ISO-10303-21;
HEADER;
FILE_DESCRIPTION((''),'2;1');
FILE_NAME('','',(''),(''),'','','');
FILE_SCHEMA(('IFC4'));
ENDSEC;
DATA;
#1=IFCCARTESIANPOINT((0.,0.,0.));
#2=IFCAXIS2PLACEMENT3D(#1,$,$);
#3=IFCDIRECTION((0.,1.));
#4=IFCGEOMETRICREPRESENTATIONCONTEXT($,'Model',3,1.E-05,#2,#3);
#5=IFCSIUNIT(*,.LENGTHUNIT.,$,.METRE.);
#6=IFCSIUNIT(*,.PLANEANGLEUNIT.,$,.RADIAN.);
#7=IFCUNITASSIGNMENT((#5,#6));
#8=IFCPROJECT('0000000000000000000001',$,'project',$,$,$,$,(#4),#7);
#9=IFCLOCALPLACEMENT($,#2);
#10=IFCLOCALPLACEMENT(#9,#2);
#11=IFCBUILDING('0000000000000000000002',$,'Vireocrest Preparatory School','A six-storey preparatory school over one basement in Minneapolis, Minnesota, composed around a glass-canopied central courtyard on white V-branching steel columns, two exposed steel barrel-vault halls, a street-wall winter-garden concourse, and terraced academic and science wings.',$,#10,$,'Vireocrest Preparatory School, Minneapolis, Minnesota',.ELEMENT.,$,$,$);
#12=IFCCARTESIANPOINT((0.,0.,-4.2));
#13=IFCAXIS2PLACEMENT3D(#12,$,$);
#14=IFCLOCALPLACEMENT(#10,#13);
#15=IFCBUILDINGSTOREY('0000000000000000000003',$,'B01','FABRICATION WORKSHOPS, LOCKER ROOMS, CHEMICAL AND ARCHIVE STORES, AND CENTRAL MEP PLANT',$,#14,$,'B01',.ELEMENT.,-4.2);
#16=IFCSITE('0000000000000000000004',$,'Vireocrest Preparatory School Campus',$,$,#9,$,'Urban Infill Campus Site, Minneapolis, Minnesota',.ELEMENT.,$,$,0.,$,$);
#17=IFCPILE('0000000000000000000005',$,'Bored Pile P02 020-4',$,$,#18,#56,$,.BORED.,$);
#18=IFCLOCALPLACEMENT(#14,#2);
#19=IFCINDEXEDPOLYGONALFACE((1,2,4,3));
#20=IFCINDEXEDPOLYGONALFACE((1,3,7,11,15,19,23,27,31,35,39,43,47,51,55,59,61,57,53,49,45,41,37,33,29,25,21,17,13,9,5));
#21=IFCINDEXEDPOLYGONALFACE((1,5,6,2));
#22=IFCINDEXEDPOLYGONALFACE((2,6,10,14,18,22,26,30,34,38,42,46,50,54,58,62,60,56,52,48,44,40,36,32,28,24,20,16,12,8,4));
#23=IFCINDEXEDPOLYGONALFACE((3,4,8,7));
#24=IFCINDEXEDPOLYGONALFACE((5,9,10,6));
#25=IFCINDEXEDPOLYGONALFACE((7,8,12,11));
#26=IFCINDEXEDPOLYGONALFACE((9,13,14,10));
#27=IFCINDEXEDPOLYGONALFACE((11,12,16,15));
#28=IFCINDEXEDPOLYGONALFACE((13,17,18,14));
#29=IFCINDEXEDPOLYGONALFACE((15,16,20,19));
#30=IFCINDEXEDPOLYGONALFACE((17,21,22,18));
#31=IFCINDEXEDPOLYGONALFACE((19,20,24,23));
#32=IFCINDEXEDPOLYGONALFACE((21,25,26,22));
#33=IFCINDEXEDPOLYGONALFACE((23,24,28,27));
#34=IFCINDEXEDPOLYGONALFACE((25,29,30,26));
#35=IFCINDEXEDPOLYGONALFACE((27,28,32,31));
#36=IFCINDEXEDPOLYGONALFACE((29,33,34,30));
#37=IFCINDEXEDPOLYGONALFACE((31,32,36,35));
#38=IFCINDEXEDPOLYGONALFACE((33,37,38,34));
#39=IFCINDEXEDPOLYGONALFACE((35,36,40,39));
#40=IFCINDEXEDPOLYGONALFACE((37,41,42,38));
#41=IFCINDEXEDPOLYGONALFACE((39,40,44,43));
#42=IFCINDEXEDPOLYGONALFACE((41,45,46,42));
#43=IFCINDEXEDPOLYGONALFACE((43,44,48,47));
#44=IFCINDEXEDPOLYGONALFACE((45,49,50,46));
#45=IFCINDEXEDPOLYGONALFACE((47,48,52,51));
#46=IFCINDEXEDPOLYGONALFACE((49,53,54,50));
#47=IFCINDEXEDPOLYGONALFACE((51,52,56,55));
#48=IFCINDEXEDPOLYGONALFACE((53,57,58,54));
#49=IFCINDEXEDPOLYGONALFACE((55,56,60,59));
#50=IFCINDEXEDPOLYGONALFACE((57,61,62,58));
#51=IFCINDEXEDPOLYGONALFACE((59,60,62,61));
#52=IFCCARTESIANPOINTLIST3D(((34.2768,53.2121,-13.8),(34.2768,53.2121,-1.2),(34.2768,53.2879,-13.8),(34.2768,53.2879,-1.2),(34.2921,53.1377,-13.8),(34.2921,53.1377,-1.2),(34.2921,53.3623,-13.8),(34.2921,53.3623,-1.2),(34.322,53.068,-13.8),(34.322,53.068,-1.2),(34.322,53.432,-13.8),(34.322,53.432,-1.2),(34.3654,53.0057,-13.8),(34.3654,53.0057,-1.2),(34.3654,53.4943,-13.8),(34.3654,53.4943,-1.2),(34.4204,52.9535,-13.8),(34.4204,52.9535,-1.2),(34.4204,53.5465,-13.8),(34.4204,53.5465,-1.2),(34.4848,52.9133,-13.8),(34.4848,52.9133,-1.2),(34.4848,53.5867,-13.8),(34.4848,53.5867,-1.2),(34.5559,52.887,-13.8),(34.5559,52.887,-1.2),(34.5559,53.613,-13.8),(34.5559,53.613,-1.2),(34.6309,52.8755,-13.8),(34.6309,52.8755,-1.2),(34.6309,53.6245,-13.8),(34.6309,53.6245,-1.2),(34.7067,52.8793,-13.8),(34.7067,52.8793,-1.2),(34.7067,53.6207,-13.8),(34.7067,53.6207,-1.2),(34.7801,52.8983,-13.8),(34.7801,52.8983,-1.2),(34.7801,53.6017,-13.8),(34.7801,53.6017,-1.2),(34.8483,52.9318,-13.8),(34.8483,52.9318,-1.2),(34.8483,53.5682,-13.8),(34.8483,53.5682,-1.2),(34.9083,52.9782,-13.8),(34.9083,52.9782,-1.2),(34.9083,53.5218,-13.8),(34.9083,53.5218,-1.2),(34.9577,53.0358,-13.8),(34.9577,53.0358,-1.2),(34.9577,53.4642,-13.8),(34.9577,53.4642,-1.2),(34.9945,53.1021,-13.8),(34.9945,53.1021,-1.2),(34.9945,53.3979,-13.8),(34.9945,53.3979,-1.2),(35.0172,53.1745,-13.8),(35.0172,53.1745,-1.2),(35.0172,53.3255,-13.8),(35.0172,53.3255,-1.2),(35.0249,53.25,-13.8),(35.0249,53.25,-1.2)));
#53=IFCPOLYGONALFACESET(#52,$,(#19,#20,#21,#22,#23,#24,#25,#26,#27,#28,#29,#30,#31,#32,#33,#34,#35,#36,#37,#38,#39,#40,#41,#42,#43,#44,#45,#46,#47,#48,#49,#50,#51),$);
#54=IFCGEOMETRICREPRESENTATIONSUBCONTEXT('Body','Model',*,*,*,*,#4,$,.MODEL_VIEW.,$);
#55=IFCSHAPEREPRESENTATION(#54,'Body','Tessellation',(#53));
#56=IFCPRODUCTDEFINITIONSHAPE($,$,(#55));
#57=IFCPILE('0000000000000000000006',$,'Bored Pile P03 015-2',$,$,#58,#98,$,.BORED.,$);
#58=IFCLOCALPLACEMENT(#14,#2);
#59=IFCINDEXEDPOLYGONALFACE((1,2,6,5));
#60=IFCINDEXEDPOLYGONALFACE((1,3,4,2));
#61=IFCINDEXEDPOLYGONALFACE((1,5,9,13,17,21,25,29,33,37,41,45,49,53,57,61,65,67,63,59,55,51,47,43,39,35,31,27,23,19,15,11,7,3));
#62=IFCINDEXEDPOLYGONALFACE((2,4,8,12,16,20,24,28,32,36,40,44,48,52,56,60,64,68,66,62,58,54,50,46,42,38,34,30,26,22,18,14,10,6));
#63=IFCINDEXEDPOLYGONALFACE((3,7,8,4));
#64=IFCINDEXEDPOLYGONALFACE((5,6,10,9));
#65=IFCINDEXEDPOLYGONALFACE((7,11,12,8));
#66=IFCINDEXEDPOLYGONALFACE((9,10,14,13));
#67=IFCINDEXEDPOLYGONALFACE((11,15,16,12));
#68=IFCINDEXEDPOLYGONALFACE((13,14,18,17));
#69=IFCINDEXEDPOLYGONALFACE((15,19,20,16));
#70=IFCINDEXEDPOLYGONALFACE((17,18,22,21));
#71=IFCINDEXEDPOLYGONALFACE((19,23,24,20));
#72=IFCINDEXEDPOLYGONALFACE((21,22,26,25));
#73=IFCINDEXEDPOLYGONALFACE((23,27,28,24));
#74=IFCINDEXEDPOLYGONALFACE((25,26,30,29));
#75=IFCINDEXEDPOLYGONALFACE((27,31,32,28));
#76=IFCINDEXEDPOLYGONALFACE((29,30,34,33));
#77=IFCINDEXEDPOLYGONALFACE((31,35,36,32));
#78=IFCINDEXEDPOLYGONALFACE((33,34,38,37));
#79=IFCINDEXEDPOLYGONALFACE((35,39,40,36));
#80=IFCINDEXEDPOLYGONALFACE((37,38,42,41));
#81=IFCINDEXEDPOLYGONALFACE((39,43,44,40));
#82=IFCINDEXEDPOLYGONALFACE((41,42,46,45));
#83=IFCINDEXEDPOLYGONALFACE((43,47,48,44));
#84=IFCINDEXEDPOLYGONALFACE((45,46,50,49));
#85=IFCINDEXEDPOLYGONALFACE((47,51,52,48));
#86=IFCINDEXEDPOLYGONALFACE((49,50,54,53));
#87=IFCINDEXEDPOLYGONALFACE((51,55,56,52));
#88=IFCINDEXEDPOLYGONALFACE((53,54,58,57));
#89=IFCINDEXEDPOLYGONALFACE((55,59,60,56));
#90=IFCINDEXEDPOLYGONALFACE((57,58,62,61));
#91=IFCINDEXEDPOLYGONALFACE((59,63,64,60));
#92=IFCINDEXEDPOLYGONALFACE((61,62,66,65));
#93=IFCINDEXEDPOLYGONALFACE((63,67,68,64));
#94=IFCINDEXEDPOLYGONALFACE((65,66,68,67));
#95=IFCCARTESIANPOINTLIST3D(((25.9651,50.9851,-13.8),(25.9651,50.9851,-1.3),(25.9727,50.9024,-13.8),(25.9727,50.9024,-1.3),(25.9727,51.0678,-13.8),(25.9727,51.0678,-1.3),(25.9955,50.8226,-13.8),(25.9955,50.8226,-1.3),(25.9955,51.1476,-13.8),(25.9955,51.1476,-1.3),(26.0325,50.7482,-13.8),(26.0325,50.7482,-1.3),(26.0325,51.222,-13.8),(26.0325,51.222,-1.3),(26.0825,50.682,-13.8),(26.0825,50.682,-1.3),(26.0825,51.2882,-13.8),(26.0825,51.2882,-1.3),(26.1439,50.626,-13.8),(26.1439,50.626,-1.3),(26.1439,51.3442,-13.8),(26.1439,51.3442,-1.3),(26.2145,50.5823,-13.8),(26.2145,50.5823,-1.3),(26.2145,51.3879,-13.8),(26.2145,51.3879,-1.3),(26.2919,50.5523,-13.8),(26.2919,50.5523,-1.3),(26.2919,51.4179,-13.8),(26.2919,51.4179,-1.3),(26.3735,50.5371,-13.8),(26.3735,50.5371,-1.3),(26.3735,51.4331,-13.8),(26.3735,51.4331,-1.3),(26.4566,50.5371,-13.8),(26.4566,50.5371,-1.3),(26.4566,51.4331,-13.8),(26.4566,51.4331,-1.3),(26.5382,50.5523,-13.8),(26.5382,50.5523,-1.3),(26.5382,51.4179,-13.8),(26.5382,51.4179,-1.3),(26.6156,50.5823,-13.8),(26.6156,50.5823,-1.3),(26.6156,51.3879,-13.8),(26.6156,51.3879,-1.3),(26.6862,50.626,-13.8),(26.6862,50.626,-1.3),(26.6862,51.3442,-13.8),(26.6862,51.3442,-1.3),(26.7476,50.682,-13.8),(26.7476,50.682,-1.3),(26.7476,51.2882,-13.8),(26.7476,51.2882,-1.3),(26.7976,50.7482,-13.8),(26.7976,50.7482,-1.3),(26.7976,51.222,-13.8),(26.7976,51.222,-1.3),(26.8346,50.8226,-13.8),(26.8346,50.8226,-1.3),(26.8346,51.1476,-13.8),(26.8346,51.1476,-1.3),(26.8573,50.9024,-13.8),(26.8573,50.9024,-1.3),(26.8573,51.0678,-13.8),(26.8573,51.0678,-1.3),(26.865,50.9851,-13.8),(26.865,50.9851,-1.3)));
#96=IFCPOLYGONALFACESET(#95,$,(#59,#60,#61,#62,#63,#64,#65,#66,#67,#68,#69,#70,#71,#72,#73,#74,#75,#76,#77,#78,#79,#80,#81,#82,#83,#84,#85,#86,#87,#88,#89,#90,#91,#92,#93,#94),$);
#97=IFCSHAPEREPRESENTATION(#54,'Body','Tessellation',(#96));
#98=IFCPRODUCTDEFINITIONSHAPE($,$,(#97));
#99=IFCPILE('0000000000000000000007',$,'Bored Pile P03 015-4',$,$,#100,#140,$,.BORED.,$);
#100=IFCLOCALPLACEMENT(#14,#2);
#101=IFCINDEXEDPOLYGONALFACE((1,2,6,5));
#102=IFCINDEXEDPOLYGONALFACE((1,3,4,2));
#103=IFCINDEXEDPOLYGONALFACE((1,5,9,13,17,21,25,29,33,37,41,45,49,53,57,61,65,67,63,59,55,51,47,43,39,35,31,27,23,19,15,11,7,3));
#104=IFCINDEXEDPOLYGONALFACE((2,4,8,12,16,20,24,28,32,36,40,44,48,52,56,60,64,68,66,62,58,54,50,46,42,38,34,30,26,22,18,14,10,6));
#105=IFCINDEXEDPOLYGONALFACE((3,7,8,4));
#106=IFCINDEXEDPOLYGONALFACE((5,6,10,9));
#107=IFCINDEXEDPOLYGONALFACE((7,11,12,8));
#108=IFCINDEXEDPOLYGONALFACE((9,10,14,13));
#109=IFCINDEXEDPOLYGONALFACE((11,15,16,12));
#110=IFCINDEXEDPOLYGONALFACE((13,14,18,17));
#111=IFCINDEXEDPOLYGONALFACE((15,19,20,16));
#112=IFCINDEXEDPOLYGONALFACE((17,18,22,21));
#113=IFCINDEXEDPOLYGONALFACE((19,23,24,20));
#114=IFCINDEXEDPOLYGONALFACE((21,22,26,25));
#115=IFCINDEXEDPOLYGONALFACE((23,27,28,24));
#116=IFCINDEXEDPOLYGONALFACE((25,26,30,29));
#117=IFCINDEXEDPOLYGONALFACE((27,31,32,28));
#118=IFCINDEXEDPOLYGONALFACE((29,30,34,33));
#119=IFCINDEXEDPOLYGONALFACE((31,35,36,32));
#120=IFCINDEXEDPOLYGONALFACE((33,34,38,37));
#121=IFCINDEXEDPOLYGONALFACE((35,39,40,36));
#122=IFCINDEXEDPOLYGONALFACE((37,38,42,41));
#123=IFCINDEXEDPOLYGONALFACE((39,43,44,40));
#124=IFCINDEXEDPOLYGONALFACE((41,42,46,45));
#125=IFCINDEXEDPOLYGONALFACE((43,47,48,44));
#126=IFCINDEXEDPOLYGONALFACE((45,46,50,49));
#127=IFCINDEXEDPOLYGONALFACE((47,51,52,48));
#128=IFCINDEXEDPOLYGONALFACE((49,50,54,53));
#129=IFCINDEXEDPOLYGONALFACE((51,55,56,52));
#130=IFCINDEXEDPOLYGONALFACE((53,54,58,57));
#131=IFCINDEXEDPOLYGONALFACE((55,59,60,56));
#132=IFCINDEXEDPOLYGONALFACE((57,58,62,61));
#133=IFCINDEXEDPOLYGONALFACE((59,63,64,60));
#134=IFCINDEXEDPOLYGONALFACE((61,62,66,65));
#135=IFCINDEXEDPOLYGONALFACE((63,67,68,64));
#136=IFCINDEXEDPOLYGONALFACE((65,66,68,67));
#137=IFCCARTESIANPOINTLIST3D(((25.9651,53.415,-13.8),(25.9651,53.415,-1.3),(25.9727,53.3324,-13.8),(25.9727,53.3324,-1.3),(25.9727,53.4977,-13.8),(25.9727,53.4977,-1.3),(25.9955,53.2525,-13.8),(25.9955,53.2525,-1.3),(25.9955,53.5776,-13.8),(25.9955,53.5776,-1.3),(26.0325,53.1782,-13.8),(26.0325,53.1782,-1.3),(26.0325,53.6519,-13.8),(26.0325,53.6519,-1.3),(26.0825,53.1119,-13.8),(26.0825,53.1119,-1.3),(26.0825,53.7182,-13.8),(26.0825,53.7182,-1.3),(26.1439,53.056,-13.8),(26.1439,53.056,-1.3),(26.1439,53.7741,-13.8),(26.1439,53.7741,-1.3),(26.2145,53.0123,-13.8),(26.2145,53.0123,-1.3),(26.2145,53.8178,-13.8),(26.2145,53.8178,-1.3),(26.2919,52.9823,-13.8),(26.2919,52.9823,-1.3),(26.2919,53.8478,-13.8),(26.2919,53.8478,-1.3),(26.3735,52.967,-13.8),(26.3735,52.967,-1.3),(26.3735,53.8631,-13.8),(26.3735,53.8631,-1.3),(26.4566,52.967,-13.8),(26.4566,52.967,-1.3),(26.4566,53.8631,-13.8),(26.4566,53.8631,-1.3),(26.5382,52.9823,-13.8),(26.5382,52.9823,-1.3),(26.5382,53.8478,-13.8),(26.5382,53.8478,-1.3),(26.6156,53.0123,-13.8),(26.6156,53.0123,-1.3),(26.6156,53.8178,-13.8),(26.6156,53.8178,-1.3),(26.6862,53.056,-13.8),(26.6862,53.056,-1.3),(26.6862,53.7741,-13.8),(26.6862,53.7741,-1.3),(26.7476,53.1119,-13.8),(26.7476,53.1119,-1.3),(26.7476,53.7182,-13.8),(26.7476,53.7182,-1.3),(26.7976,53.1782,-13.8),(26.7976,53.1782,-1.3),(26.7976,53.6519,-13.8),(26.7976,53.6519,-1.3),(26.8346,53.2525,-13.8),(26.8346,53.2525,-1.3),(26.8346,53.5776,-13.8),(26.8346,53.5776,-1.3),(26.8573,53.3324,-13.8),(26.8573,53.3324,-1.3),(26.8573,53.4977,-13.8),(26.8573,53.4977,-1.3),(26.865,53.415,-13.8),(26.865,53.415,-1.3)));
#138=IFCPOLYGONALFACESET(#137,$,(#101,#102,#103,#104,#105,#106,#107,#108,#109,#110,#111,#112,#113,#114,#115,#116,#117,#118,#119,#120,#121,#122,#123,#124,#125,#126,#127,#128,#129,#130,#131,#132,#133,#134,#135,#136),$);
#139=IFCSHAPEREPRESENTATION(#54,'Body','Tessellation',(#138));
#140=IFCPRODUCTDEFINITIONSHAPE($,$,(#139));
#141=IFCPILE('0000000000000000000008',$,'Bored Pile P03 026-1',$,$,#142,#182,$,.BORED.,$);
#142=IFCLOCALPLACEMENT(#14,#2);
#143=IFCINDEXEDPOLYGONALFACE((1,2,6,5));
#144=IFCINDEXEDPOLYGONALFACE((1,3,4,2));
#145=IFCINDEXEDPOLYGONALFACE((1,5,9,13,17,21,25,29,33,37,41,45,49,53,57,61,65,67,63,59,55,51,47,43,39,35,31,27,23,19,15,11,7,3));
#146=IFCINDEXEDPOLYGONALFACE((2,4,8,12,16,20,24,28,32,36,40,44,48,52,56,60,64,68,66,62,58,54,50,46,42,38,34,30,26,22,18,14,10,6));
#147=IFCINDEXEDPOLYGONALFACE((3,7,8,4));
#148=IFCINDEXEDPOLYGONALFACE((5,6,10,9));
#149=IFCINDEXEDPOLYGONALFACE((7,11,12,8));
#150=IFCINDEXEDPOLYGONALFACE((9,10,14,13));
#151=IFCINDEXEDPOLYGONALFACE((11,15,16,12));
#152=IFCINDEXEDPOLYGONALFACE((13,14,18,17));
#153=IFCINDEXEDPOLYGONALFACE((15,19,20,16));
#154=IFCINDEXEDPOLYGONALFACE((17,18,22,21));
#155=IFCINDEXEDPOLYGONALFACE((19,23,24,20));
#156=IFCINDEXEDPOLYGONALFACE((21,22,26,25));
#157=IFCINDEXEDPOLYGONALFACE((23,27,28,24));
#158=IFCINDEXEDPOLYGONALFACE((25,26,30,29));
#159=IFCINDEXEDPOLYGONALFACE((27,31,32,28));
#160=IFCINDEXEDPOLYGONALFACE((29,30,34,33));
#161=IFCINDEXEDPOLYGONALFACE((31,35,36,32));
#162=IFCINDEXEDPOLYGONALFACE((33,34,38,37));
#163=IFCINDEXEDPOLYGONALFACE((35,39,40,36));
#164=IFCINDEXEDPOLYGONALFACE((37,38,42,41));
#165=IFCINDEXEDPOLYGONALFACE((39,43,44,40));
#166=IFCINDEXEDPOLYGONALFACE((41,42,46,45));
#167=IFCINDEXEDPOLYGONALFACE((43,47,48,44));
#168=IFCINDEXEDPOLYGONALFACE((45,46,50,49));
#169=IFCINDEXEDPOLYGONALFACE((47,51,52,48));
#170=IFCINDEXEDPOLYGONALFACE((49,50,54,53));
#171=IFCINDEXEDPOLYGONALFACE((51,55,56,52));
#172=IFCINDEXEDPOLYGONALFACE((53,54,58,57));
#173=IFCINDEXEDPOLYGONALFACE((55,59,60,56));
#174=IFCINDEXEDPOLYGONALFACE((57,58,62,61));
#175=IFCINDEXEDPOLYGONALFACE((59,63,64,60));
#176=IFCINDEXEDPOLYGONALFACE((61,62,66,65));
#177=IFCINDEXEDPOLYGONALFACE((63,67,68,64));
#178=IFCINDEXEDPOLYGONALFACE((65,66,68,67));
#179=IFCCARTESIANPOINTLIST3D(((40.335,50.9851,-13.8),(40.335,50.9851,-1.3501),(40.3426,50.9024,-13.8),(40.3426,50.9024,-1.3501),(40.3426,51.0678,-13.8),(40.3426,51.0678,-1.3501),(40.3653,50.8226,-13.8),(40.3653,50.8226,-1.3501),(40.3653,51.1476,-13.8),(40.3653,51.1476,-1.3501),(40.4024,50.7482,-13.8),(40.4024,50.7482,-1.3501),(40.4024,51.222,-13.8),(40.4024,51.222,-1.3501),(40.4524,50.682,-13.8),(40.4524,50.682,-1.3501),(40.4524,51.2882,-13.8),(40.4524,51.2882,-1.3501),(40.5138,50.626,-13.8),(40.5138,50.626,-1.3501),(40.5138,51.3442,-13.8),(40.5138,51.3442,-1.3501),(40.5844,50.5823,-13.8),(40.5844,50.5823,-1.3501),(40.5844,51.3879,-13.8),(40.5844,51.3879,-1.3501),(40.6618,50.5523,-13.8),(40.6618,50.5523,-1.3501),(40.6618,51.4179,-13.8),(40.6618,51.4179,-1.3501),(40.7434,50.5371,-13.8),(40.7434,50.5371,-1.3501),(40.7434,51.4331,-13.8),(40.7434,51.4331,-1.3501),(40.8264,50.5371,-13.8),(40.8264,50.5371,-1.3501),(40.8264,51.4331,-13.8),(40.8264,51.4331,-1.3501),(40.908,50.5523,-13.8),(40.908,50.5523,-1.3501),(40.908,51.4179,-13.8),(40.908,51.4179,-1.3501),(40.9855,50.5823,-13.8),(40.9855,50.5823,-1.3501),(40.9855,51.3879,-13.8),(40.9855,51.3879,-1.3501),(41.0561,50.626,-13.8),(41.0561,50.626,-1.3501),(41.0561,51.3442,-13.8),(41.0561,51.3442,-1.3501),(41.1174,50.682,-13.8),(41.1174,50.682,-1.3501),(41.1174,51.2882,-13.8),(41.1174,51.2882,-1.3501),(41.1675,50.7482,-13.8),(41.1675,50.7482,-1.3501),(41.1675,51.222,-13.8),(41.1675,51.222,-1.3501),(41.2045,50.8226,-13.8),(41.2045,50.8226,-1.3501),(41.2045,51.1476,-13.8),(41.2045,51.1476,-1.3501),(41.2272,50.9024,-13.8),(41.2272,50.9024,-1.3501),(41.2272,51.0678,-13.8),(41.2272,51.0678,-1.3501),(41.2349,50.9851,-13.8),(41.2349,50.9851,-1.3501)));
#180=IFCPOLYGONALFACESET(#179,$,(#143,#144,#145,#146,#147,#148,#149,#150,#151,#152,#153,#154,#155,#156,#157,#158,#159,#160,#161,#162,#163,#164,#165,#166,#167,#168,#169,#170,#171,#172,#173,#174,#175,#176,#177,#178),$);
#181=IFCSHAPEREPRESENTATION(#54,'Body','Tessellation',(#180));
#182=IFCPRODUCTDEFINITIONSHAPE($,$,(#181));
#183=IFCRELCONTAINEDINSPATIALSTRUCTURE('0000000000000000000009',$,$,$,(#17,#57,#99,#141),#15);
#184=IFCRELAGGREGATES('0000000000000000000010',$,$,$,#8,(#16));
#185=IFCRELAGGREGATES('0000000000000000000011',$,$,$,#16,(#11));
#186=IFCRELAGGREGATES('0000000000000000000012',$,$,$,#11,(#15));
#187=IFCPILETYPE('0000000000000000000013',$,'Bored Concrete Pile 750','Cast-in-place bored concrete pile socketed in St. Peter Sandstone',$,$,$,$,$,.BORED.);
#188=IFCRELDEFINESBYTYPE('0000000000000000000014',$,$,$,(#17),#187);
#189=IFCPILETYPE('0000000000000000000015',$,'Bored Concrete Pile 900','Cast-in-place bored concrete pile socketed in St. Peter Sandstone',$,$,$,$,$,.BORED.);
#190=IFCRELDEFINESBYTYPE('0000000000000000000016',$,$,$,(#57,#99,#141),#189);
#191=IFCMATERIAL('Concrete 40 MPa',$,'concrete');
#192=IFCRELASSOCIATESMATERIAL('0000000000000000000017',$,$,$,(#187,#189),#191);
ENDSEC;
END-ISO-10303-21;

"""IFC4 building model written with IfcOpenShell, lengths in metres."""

from ifc_helpers import new_model, si_unit, direction, frame, origin, origin_2d, place, context, subcontext, project, spatial, circle, extrude, material, material_profile, profile_set, type_object, element, save


model = new_model("IFC4")

# Units and contexts
model_context = context("Model", 3, precision=1e-05, world=origin(), true_north=direction((0.0, 1.0)))
body_context = subcontext(model_context, "Body", "Model", "MODEL_VIEW")
ifc_project = project(units=[si_unit("LENGTHUNIT", "METRE"), si_unit("PLANEANGLEUNIT", "RADIAN")], contexts=[model_context])

# Site, building, storey
site_placement = place(None, origin())
site = spatial("IfcSite", under=ifc_project, at=site_placement, Name="Vireocrest Preparatory School Campus", LongName="Urban Infill Campus Site, Minneapolis, Minnesota", CompositionType="ELEMENT", RefElevation=0.0)
building_placement = place(site_placement, origin())
building = spatial("IfcBuilding", under=site, at=building_placement, Name="Vireocrest Preparatory School", Description="A six-storey preparatory school over one basement in Minneapolis, Minnesota, composed around a glass-canopied central courtyard on white V-branching steel columns, two exposed steel barrel-vault halls, a street-wall winter-garden concourse, and terraced academic and science wings.", LongName="Vireocrest Preparatory School, Minneapolis, Minnesota", CompositionType="ELEMENT")
storey_placement = place(building_placement, frame((0.0, 0.0, -4.2)))
storey = spatial("IfcBuildingStorey", under=building, at=storey_placement, Name="B01", Description="FABRICATION WORKSHOPS, LOCKER ROOMS, CHEMICAL AND ARCHIVE STORES, AND CENTRAL MEP PLANT", LongName="B01", CompositionType="ELEMENT", Elevation=-4.2)

# Piles
ifc_material_1 = material(Name="Concrete 40 MPa", Category="concrete")
ifc_material_profile_1 = material_profile(ifc_material_1, circle(Radius=0.375, at=origin_2d()), Name="BORED PILE 750")
ifc_profile_set_1 = profile_set([ifc_material_profile_1], Name="Concrete 40 MPa")
pile_type_1 = type_object("IfcPileType", Name="Bored Concrete Pile 750", Description="Cast-in-place bored concrete pile socketed in St. Peter Sandstone", PredefinedType="BORED", material=ifc_profile_set_1)
for number, where, z_axis, x_axis, name in (
    (1, (34.6499, 53.25, -1.2), (0.0, 0.0, -1.0), (1.0, 0.0, 0.0), "Bored Pile P02 020-4"),
):
    element("IfcPile", number, at=place(storey_placement, frame(where, z_axis=z_axis, x_axis=x_axis)), inside=storey, type_object=pile_type_1, Name=name, PredefinedType="BORED", context=body_context, shape_type="SweptSolid", body=[
        extrude(circle(Radius=0.375, at=origin_2d()), origin(), (0.0, 0.0, 1.0), 12.6001),
    ])
ifc_material_profile_2 = material_profile(ifc_material_1, circle(Radius=0.45, at=origin_2d()), Name="BORED PILE 900")
ifc_profile_set_2 = profile_set([ifc_material_profile_2], Name="Concrete 40 MPa")
pile_type_2 = type_object("IfcPileType", Name="Bored Concrete Pile 900", Description="Cast-in-place bored concrete pile socketed in St. Peter Sandstone", PredefinedType="BORED", material=ifc_profile_set_2)
for number, where, z_axis, x_axis, name in (
    (2, (26.415, 50.9851, -1.3), (0.0, 0.0, -1.0), (1.0, 0.0, 0.0), "Bored Pile P03 015-2"),
    (3, (26.415, 53.415, -1.3), (0.0, 0.0, -1.0), (1.0, 0.0, 0.0), "Bored Pile P03 015-4"),
):
    element("IfcPile", number, at=place(storey_placement, frame(where, z_axis=z_axis, x_axis=x_axis)), inside=storey, type_object=pile_type_2, Name=name, PredefinedType="BORED", context=body_context, shape_type="SweptSolid", body=[
        extrude(circle(Radius=0.45, at=origin_2d()), origin(), (0.0, 0.0, 1.0), 12.5),
    ])
for number, where, z_axis, x_axis, name in (
    (4, (40.7849, 50.9851, -1.3501), (0.0, 0.0, -1.0), (1.0, 0.0, 0.0), "Bored Pile P03 026-1"),
):
    element("IfcPile", number, at=place(storey_placement, frame(where, z_axis=z_axis, x_axis=x_axis)), inside=storey, type_object=pile_type_2, Name=name, PredefinedType="BORED", context=body_context, shape_type="SweptSolid", body=[
        extrude(circle(Radius=0.45, at=origin_2d()), origin(), (0.0, 0.0, 1.0), 12.45),
    ])

save(model, "model.ifc")
